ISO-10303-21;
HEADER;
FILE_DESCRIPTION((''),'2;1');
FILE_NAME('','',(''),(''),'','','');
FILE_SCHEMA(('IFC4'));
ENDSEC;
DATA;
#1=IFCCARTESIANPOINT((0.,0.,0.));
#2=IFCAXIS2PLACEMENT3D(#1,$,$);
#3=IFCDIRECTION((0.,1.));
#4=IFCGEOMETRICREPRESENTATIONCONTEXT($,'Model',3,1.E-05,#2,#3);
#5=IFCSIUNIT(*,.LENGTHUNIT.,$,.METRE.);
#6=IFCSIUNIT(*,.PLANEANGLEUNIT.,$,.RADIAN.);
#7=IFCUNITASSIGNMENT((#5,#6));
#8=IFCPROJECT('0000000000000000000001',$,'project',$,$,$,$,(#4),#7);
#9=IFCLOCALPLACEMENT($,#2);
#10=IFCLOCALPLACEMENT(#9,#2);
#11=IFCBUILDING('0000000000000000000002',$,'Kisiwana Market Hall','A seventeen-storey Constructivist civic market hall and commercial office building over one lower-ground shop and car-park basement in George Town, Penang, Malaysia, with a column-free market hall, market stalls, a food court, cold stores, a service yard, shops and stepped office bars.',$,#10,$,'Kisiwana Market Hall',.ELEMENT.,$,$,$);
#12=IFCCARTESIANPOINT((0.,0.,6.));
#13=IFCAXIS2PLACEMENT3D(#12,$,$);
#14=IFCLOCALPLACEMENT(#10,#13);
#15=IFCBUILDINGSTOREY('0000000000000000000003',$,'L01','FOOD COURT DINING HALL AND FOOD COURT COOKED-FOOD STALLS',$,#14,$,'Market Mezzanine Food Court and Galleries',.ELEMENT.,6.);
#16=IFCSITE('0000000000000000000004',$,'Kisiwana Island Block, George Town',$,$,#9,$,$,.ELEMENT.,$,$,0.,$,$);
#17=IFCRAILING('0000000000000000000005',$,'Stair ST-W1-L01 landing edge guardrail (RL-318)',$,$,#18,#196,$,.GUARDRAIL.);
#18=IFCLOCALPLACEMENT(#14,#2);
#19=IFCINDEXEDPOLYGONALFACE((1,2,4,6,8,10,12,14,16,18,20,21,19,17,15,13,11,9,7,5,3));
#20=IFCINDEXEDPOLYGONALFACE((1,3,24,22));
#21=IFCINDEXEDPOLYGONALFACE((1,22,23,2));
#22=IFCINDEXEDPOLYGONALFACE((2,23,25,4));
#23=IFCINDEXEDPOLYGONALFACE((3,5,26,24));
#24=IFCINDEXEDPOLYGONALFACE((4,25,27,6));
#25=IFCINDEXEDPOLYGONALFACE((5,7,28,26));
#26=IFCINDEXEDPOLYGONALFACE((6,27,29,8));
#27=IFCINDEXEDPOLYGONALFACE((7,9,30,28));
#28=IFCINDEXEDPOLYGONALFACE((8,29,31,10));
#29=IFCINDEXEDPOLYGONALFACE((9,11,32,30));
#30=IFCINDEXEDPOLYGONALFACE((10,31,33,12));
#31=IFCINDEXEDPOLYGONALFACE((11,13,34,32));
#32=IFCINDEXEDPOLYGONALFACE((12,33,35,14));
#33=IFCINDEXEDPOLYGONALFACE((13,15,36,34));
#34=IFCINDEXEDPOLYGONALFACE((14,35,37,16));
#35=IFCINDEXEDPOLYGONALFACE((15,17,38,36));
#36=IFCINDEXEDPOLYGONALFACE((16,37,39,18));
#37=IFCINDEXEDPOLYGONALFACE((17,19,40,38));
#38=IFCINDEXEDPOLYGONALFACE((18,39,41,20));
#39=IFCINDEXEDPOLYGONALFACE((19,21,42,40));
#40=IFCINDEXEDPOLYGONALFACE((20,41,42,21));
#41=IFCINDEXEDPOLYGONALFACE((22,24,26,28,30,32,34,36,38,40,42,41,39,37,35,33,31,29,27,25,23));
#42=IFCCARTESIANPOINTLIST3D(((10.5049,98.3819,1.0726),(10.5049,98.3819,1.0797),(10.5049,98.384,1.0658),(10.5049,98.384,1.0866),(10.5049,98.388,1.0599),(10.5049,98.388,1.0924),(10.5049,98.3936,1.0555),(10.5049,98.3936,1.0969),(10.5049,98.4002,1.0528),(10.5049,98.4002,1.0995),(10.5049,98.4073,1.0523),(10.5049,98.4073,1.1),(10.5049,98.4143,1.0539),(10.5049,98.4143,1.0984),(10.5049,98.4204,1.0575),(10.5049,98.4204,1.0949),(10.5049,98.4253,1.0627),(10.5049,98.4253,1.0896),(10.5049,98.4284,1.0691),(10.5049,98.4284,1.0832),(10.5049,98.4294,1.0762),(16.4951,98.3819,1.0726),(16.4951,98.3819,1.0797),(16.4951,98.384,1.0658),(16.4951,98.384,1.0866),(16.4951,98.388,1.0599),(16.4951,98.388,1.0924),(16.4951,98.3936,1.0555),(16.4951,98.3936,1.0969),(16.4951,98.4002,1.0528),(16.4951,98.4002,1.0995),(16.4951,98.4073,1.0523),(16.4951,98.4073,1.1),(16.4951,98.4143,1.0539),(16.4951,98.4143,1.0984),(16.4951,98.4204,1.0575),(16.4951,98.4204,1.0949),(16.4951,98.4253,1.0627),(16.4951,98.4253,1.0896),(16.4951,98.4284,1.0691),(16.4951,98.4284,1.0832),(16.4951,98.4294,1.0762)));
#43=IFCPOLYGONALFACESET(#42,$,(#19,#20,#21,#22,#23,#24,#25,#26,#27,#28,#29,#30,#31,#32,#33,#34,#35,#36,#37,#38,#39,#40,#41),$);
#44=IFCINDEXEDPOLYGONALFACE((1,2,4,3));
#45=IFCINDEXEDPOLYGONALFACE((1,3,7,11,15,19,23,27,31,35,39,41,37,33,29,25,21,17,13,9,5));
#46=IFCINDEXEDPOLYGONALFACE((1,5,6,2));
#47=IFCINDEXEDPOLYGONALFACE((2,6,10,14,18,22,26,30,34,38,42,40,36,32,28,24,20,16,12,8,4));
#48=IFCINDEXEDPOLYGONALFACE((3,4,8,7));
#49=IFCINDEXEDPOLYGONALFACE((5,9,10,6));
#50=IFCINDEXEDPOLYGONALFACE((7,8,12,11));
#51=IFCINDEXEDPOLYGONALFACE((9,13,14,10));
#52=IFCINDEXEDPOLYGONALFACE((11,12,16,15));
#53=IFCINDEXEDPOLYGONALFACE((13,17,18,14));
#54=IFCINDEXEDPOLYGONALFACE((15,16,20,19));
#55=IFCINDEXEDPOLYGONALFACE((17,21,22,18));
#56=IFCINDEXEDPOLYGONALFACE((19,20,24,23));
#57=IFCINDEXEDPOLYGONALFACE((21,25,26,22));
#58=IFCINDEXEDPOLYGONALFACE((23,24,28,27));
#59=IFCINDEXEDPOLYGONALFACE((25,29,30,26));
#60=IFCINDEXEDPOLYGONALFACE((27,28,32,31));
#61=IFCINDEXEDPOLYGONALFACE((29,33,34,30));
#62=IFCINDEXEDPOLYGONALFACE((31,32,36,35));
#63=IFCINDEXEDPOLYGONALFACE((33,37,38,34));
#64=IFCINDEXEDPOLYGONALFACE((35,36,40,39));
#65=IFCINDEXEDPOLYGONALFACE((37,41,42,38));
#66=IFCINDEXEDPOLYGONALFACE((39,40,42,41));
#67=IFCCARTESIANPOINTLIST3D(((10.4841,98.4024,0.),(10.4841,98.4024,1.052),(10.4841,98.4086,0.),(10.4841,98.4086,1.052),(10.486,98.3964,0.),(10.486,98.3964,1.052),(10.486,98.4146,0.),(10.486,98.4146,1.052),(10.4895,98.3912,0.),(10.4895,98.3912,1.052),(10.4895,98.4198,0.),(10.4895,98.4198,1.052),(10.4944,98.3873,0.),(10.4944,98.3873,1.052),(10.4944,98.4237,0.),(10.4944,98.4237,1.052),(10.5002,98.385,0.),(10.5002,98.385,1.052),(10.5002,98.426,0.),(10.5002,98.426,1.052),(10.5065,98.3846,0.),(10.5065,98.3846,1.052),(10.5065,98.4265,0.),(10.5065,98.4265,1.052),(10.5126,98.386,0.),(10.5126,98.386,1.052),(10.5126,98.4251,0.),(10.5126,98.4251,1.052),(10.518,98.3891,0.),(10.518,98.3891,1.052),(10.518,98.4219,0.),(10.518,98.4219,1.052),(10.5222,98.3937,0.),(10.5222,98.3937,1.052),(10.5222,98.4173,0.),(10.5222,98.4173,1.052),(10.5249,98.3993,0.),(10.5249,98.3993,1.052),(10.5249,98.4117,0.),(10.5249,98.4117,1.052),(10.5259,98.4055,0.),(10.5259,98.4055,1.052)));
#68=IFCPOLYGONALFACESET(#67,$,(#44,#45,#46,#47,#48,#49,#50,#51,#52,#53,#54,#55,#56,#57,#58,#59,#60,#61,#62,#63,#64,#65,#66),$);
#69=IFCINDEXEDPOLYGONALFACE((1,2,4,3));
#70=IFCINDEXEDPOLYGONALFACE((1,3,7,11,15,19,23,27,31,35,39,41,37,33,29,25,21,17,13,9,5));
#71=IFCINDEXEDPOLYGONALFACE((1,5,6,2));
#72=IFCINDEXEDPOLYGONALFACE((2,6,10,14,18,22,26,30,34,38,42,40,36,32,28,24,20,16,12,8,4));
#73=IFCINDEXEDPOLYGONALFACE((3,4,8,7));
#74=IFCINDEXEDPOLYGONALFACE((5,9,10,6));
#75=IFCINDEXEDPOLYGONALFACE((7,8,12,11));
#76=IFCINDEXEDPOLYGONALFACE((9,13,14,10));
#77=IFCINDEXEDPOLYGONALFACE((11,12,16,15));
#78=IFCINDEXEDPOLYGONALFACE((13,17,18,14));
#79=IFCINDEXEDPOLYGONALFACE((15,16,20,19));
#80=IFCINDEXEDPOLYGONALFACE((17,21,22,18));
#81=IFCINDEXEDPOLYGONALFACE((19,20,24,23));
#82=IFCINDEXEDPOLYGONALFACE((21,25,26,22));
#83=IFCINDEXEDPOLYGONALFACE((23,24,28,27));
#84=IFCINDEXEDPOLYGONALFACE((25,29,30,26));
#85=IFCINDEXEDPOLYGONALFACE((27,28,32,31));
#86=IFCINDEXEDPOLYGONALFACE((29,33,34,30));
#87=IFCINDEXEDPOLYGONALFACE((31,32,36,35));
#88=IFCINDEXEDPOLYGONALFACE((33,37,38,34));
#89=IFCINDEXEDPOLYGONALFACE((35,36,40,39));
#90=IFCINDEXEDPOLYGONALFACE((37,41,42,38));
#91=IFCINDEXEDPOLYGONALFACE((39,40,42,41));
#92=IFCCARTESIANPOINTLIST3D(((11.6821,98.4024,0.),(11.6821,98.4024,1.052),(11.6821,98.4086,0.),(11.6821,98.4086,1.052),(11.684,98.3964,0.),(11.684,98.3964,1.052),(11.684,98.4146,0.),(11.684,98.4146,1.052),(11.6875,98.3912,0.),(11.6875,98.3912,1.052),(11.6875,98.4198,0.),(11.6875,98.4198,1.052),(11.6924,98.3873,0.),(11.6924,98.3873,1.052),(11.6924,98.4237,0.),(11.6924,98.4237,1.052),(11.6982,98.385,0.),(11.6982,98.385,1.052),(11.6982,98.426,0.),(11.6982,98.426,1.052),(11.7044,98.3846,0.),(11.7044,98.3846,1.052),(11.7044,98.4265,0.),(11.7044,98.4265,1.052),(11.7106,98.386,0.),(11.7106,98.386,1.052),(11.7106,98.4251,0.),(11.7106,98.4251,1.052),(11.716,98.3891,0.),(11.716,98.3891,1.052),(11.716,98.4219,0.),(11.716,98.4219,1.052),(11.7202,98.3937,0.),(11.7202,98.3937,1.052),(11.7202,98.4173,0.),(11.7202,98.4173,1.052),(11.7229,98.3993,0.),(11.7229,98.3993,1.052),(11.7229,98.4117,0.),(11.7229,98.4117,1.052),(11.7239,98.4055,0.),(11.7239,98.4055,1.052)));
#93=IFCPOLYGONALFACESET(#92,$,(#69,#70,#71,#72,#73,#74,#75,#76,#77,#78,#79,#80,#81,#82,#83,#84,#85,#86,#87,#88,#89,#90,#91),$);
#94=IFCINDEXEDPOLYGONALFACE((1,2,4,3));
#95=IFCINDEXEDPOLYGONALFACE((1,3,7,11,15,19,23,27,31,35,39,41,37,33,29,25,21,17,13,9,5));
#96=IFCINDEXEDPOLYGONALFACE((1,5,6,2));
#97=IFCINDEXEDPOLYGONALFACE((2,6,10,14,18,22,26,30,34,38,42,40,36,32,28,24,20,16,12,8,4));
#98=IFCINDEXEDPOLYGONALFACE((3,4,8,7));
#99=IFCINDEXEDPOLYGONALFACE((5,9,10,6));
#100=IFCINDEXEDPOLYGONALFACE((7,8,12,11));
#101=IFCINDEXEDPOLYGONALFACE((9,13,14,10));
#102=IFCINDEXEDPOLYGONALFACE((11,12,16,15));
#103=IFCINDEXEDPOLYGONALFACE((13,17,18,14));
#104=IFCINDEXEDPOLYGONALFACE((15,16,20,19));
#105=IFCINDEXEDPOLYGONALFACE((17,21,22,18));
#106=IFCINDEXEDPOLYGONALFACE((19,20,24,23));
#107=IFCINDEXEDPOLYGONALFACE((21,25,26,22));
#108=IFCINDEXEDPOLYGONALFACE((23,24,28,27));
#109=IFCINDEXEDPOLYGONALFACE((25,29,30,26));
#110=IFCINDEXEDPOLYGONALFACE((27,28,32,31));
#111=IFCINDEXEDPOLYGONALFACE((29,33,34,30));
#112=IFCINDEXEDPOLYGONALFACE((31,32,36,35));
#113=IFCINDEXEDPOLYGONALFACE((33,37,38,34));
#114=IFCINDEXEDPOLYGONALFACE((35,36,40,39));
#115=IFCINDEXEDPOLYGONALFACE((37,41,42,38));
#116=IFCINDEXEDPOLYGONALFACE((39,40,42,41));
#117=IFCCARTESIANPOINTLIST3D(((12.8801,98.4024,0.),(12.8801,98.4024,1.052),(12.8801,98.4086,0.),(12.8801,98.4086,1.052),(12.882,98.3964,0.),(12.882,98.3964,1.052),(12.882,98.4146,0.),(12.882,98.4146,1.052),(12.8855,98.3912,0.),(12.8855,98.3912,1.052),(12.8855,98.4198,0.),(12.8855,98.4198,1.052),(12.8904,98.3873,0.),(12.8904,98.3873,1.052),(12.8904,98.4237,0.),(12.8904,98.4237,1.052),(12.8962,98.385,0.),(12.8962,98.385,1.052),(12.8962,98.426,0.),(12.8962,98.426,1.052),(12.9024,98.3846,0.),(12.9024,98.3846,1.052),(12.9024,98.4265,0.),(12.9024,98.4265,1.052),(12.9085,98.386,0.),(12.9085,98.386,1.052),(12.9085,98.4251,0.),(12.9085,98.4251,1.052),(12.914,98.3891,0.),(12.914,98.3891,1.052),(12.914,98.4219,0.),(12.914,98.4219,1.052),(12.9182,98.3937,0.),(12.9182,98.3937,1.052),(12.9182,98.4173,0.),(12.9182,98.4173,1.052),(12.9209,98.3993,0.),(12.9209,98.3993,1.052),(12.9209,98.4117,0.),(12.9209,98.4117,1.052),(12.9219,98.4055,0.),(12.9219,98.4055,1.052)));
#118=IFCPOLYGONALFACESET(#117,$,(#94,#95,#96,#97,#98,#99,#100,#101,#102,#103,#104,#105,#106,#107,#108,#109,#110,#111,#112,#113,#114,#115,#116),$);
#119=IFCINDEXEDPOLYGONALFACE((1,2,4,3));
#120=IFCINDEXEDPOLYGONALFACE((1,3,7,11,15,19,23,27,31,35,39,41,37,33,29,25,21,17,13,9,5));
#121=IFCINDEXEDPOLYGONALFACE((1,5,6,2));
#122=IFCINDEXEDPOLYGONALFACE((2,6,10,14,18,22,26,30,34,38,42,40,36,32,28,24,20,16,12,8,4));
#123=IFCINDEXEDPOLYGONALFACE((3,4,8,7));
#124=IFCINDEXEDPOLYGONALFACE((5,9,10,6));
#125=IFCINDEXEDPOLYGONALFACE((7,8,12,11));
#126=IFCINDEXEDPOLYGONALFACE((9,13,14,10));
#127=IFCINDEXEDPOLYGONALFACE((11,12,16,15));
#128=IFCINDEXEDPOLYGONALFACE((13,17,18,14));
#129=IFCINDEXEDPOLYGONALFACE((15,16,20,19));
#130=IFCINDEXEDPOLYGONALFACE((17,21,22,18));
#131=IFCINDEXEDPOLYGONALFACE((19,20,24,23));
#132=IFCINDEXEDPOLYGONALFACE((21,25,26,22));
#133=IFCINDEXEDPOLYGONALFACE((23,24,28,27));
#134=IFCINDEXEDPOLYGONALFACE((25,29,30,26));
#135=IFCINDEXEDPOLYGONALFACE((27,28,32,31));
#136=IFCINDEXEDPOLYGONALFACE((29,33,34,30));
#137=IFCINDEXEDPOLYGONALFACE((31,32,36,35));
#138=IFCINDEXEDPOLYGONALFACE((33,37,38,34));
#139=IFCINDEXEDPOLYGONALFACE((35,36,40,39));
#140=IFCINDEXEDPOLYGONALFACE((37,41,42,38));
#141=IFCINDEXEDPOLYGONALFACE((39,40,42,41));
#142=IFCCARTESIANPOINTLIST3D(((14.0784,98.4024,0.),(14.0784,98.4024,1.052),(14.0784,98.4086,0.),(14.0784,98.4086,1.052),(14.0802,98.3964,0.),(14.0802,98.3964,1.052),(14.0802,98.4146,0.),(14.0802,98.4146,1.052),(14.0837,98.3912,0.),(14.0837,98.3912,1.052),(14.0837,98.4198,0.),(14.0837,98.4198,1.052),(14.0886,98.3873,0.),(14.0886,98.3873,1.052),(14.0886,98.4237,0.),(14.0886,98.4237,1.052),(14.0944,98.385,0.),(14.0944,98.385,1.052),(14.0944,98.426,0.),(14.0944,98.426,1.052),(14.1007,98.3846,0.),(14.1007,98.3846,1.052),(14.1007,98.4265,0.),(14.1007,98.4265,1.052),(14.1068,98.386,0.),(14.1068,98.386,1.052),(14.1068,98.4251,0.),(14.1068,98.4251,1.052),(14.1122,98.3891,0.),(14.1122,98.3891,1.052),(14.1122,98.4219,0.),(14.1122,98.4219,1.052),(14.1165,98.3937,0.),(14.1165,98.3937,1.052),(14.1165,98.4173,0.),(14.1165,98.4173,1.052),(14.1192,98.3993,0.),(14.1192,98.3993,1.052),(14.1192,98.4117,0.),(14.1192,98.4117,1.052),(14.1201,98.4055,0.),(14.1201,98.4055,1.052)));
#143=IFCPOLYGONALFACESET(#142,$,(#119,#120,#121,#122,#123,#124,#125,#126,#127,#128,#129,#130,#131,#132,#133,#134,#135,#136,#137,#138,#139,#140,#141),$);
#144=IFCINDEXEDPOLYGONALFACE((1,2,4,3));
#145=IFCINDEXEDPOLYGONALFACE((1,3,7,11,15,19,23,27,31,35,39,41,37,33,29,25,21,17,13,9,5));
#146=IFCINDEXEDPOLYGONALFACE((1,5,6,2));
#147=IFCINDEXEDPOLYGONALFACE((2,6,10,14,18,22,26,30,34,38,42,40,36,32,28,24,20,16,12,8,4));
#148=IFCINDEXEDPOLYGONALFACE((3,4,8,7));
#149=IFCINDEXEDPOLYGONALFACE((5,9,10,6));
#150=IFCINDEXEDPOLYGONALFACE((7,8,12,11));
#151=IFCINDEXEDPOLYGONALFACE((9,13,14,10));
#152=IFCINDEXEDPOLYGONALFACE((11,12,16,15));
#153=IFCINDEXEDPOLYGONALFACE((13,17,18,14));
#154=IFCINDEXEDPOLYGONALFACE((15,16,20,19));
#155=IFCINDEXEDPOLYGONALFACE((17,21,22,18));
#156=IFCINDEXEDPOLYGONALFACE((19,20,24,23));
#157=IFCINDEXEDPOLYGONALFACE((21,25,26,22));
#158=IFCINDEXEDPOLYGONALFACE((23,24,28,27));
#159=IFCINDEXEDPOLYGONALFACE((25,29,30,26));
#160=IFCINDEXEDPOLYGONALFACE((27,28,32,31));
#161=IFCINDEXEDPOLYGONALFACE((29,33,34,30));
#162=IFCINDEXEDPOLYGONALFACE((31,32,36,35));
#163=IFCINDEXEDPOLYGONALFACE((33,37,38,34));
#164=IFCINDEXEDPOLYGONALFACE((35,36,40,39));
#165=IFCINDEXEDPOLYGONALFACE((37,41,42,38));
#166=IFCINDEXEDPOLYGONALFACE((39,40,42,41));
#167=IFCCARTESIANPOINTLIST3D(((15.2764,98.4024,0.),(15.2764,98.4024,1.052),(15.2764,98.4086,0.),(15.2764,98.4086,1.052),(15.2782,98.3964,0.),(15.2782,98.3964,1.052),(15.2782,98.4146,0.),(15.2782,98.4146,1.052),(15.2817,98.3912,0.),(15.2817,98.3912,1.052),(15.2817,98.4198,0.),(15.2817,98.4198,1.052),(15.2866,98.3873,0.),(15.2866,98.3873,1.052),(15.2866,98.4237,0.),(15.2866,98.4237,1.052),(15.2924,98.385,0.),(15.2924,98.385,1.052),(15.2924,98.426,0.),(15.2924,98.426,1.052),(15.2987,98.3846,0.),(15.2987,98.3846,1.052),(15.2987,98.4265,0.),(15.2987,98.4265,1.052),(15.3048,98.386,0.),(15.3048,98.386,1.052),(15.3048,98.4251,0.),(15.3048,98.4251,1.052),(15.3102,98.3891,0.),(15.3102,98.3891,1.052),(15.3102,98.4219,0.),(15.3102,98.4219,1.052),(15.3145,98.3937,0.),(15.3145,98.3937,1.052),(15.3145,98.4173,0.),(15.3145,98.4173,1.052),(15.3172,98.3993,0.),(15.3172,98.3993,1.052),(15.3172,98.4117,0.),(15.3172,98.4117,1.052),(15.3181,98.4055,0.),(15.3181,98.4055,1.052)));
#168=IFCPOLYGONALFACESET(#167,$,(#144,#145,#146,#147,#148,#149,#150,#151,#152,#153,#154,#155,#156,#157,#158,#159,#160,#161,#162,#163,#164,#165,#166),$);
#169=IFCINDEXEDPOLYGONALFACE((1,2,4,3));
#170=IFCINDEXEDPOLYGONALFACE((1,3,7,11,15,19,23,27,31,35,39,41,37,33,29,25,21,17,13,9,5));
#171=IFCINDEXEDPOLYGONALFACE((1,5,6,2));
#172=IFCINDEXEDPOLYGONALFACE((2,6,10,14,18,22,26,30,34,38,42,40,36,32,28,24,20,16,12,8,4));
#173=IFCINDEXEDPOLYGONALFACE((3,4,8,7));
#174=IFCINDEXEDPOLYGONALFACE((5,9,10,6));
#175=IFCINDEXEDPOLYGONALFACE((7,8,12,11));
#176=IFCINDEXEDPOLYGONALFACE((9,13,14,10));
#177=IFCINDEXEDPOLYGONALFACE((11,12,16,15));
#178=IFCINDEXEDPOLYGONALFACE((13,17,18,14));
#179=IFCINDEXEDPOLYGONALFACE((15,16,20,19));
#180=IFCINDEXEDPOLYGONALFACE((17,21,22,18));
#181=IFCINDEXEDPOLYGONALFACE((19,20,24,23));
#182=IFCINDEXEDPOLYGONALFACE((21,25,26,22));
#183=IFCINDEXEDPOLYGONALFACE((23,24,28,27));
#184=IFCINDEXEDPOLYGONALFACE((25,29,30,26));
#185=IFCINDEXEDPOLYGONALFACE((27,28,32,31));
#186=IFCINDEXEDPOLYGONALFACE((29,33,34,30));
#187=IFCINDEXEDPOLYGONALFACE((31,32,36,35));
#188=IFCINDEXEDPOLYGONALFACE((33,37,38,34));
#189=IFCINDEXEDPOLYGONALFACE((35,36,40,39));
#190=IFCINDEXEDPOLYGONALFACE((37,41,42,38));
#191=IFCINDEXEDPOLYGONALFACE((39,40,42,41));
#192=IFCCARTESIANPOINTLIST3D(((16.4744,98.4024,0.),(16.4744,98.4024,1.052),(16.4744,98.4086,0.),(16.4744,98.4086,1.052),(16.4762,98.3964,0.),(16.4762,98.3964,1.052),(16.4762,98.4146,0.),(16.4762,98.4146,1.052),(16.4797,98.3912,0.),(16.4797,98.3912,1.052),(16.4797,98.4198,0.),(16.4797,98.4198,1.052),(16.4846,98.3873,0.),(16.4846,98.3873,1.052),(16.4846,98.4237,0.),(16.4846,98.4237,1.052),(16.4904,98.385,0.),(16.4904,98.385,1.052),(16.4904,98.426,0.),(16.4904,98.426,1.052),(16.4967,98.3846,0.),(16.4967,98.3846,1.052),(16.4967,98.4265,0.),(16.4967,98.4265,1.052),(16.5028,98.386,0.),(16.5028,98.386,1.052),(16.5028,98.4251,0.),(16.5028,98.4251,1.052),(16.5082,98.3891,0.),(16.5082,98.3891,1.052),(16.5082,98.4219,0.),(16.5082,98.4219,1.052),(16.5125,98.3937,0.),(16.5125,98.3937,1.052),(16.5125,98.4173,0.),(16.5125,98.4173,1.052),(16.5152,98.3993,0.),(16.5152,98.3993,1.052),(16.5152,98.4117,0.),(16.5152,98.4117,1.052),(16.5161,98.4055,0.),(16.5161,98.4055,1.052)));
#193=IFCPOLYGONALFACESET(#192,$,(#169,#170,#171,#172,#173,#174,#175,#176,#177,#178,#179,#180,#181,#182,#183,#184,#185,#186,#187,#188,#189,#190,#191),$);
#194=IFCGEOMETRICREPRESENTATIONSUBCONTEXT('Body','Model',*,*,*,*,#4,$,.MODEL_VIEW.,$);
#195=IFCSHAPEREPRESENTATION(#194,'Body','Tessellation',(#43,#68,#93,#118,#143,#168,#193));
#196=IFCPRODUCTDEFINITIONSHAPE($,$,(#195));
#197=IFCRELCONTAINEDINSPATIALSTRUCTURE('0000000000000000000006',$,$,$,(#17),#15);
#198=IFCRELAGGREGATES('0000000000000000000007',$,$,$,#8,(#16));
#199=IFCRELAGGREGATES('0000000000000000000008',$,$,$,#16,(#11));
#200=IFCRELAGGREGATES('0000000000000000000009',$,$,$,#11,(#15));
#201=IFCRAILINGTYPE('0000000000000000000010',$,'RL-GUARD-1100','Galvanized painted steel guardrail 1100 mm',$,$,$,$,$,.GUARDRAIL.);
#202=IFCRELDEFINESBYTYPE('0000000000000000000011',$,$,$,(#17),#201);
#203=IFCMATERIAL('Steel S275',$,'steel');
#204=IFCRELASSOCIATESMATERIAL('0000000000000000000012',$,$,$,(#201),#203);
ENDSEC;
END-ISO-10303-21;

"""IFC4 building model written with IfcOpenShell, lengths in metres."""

from ifc_helpers import new_model, si_unit, direction, frame, origin, origin_2d, place, context, subcontext, project, spatial, circle, extrude, material, type_object, element, save


model = new_model("IFC4")

# Units and contexts
model_context = context("Model", 3, precision=1e-05, world=origin(), true_north=direction((0.0, 1.0)))
body_context = subcontext(model_context, "Body", "Model", "MODEL_VIEW")
ifc_project = project(units=[si_unit("LENGTHUNIT", "METRE"), si_unit("PLANEANGLEUNIT", "RADIAN")], contexts=[model_context])

# Site, building, storey
site_placement = place(None, origin())
site = spatial("IfcSite", under=ifc_project, at=site_placement, Name="Kisiwana Island Block, George Town", CompositionType="ELEMENT", RefElevation=0.0)
building_placement = place(site_placement, origin())
building = spatial("IfcBuilding", under=site, at=building_placement, Name="Kisiwana Market Hall", Description="A seventeen-storey Constructivist civic market hall and commercial office building over one lower-ground shop and car-park basement in George Town, Penang, Malaysia, with a column-free market hall, market stalls, a food court, cold stores, a service yard, shops and stepped office bars.", LongName="Kisiwana Market Hall", CompositionType="ELEMENT")
storey_placement = place(building_placement, frame((0.0, 0.0, 6.0)))
storey = spatial("IfcBuildingStorey", under=building, at=storey_placement, Name="L01", Description="FOOD COURT DINING HALL AND FOOD COURT COOKED-FOOD STALLS", LongName="Market Mezzanine Food Court and Galleries", CompositionType="ELEMENT", Elevation=6.0)

# Railing
ifc_material_1 = material(Name="Steel S275", Category="steel")
railing_type_1 = type_object("IfcRailingType", Name="RL-GUARD-1100", Description="Galvanized painted steel guardrail 1100 mm", PredefinedType="GUARDRAIL", material=ifc_material_1)
railing_1_placement = place(storey_placement, frame((10.5049, 98.4055, 0.0)))
element("IfcRailing", 1, at=railing_1_placement, inside=storey, type_object=railing_type_1, Name="Stair ST-W1-L01 landing edge guardrail (RL-318)", PredefinedType="GUARDRAIL", context=body_context, shape_type="SweptSolid", body=[
    extrude(circle(Radius=0.0239, at=origin_2d()), frame((0.0, 0.0, 1.0762), z_axis=(1.0, 0.0, 0.0), x_axis=(0.0, 1.0, 0.0)), (0.0, 0.0, 1.0), 5.9902),
    extrude(circle(Radius=0.021, at=origin_2d()), origin(), (0.0, 0.0, 1.0), 1.052),
    extrude(circle(Radius=0.021, at=origin_2d()), frame((1.198, 0.0, 0.0)), (0.0, 0.0, 1.0), 1.052),
    extrude(circle(Radius=0.021, at=origin_2d()), frame((2.396, 0.0, 0.0)), (0.0, 0.0, 1.0), 1.052),
    extrude(circle(Radius=0.021, at=origin_2d()), frame((3.5942, 0.0, 0.0)), (0.0, 0.0, 1.0), 1.052),
    extrude(circle(Radius=0.021, at=origin_2d()), frame((4.7922, 0.0, 0.0)), (0.0, 0.0, 1.0), 1.052),
    extrude(circle(Radius=0.021, at=origin_2d()), frame((5.9902, 0.0, 0.0)), (0.0, 0.0, 1.0), 1.052),
])

save(model, "model.ifc")
